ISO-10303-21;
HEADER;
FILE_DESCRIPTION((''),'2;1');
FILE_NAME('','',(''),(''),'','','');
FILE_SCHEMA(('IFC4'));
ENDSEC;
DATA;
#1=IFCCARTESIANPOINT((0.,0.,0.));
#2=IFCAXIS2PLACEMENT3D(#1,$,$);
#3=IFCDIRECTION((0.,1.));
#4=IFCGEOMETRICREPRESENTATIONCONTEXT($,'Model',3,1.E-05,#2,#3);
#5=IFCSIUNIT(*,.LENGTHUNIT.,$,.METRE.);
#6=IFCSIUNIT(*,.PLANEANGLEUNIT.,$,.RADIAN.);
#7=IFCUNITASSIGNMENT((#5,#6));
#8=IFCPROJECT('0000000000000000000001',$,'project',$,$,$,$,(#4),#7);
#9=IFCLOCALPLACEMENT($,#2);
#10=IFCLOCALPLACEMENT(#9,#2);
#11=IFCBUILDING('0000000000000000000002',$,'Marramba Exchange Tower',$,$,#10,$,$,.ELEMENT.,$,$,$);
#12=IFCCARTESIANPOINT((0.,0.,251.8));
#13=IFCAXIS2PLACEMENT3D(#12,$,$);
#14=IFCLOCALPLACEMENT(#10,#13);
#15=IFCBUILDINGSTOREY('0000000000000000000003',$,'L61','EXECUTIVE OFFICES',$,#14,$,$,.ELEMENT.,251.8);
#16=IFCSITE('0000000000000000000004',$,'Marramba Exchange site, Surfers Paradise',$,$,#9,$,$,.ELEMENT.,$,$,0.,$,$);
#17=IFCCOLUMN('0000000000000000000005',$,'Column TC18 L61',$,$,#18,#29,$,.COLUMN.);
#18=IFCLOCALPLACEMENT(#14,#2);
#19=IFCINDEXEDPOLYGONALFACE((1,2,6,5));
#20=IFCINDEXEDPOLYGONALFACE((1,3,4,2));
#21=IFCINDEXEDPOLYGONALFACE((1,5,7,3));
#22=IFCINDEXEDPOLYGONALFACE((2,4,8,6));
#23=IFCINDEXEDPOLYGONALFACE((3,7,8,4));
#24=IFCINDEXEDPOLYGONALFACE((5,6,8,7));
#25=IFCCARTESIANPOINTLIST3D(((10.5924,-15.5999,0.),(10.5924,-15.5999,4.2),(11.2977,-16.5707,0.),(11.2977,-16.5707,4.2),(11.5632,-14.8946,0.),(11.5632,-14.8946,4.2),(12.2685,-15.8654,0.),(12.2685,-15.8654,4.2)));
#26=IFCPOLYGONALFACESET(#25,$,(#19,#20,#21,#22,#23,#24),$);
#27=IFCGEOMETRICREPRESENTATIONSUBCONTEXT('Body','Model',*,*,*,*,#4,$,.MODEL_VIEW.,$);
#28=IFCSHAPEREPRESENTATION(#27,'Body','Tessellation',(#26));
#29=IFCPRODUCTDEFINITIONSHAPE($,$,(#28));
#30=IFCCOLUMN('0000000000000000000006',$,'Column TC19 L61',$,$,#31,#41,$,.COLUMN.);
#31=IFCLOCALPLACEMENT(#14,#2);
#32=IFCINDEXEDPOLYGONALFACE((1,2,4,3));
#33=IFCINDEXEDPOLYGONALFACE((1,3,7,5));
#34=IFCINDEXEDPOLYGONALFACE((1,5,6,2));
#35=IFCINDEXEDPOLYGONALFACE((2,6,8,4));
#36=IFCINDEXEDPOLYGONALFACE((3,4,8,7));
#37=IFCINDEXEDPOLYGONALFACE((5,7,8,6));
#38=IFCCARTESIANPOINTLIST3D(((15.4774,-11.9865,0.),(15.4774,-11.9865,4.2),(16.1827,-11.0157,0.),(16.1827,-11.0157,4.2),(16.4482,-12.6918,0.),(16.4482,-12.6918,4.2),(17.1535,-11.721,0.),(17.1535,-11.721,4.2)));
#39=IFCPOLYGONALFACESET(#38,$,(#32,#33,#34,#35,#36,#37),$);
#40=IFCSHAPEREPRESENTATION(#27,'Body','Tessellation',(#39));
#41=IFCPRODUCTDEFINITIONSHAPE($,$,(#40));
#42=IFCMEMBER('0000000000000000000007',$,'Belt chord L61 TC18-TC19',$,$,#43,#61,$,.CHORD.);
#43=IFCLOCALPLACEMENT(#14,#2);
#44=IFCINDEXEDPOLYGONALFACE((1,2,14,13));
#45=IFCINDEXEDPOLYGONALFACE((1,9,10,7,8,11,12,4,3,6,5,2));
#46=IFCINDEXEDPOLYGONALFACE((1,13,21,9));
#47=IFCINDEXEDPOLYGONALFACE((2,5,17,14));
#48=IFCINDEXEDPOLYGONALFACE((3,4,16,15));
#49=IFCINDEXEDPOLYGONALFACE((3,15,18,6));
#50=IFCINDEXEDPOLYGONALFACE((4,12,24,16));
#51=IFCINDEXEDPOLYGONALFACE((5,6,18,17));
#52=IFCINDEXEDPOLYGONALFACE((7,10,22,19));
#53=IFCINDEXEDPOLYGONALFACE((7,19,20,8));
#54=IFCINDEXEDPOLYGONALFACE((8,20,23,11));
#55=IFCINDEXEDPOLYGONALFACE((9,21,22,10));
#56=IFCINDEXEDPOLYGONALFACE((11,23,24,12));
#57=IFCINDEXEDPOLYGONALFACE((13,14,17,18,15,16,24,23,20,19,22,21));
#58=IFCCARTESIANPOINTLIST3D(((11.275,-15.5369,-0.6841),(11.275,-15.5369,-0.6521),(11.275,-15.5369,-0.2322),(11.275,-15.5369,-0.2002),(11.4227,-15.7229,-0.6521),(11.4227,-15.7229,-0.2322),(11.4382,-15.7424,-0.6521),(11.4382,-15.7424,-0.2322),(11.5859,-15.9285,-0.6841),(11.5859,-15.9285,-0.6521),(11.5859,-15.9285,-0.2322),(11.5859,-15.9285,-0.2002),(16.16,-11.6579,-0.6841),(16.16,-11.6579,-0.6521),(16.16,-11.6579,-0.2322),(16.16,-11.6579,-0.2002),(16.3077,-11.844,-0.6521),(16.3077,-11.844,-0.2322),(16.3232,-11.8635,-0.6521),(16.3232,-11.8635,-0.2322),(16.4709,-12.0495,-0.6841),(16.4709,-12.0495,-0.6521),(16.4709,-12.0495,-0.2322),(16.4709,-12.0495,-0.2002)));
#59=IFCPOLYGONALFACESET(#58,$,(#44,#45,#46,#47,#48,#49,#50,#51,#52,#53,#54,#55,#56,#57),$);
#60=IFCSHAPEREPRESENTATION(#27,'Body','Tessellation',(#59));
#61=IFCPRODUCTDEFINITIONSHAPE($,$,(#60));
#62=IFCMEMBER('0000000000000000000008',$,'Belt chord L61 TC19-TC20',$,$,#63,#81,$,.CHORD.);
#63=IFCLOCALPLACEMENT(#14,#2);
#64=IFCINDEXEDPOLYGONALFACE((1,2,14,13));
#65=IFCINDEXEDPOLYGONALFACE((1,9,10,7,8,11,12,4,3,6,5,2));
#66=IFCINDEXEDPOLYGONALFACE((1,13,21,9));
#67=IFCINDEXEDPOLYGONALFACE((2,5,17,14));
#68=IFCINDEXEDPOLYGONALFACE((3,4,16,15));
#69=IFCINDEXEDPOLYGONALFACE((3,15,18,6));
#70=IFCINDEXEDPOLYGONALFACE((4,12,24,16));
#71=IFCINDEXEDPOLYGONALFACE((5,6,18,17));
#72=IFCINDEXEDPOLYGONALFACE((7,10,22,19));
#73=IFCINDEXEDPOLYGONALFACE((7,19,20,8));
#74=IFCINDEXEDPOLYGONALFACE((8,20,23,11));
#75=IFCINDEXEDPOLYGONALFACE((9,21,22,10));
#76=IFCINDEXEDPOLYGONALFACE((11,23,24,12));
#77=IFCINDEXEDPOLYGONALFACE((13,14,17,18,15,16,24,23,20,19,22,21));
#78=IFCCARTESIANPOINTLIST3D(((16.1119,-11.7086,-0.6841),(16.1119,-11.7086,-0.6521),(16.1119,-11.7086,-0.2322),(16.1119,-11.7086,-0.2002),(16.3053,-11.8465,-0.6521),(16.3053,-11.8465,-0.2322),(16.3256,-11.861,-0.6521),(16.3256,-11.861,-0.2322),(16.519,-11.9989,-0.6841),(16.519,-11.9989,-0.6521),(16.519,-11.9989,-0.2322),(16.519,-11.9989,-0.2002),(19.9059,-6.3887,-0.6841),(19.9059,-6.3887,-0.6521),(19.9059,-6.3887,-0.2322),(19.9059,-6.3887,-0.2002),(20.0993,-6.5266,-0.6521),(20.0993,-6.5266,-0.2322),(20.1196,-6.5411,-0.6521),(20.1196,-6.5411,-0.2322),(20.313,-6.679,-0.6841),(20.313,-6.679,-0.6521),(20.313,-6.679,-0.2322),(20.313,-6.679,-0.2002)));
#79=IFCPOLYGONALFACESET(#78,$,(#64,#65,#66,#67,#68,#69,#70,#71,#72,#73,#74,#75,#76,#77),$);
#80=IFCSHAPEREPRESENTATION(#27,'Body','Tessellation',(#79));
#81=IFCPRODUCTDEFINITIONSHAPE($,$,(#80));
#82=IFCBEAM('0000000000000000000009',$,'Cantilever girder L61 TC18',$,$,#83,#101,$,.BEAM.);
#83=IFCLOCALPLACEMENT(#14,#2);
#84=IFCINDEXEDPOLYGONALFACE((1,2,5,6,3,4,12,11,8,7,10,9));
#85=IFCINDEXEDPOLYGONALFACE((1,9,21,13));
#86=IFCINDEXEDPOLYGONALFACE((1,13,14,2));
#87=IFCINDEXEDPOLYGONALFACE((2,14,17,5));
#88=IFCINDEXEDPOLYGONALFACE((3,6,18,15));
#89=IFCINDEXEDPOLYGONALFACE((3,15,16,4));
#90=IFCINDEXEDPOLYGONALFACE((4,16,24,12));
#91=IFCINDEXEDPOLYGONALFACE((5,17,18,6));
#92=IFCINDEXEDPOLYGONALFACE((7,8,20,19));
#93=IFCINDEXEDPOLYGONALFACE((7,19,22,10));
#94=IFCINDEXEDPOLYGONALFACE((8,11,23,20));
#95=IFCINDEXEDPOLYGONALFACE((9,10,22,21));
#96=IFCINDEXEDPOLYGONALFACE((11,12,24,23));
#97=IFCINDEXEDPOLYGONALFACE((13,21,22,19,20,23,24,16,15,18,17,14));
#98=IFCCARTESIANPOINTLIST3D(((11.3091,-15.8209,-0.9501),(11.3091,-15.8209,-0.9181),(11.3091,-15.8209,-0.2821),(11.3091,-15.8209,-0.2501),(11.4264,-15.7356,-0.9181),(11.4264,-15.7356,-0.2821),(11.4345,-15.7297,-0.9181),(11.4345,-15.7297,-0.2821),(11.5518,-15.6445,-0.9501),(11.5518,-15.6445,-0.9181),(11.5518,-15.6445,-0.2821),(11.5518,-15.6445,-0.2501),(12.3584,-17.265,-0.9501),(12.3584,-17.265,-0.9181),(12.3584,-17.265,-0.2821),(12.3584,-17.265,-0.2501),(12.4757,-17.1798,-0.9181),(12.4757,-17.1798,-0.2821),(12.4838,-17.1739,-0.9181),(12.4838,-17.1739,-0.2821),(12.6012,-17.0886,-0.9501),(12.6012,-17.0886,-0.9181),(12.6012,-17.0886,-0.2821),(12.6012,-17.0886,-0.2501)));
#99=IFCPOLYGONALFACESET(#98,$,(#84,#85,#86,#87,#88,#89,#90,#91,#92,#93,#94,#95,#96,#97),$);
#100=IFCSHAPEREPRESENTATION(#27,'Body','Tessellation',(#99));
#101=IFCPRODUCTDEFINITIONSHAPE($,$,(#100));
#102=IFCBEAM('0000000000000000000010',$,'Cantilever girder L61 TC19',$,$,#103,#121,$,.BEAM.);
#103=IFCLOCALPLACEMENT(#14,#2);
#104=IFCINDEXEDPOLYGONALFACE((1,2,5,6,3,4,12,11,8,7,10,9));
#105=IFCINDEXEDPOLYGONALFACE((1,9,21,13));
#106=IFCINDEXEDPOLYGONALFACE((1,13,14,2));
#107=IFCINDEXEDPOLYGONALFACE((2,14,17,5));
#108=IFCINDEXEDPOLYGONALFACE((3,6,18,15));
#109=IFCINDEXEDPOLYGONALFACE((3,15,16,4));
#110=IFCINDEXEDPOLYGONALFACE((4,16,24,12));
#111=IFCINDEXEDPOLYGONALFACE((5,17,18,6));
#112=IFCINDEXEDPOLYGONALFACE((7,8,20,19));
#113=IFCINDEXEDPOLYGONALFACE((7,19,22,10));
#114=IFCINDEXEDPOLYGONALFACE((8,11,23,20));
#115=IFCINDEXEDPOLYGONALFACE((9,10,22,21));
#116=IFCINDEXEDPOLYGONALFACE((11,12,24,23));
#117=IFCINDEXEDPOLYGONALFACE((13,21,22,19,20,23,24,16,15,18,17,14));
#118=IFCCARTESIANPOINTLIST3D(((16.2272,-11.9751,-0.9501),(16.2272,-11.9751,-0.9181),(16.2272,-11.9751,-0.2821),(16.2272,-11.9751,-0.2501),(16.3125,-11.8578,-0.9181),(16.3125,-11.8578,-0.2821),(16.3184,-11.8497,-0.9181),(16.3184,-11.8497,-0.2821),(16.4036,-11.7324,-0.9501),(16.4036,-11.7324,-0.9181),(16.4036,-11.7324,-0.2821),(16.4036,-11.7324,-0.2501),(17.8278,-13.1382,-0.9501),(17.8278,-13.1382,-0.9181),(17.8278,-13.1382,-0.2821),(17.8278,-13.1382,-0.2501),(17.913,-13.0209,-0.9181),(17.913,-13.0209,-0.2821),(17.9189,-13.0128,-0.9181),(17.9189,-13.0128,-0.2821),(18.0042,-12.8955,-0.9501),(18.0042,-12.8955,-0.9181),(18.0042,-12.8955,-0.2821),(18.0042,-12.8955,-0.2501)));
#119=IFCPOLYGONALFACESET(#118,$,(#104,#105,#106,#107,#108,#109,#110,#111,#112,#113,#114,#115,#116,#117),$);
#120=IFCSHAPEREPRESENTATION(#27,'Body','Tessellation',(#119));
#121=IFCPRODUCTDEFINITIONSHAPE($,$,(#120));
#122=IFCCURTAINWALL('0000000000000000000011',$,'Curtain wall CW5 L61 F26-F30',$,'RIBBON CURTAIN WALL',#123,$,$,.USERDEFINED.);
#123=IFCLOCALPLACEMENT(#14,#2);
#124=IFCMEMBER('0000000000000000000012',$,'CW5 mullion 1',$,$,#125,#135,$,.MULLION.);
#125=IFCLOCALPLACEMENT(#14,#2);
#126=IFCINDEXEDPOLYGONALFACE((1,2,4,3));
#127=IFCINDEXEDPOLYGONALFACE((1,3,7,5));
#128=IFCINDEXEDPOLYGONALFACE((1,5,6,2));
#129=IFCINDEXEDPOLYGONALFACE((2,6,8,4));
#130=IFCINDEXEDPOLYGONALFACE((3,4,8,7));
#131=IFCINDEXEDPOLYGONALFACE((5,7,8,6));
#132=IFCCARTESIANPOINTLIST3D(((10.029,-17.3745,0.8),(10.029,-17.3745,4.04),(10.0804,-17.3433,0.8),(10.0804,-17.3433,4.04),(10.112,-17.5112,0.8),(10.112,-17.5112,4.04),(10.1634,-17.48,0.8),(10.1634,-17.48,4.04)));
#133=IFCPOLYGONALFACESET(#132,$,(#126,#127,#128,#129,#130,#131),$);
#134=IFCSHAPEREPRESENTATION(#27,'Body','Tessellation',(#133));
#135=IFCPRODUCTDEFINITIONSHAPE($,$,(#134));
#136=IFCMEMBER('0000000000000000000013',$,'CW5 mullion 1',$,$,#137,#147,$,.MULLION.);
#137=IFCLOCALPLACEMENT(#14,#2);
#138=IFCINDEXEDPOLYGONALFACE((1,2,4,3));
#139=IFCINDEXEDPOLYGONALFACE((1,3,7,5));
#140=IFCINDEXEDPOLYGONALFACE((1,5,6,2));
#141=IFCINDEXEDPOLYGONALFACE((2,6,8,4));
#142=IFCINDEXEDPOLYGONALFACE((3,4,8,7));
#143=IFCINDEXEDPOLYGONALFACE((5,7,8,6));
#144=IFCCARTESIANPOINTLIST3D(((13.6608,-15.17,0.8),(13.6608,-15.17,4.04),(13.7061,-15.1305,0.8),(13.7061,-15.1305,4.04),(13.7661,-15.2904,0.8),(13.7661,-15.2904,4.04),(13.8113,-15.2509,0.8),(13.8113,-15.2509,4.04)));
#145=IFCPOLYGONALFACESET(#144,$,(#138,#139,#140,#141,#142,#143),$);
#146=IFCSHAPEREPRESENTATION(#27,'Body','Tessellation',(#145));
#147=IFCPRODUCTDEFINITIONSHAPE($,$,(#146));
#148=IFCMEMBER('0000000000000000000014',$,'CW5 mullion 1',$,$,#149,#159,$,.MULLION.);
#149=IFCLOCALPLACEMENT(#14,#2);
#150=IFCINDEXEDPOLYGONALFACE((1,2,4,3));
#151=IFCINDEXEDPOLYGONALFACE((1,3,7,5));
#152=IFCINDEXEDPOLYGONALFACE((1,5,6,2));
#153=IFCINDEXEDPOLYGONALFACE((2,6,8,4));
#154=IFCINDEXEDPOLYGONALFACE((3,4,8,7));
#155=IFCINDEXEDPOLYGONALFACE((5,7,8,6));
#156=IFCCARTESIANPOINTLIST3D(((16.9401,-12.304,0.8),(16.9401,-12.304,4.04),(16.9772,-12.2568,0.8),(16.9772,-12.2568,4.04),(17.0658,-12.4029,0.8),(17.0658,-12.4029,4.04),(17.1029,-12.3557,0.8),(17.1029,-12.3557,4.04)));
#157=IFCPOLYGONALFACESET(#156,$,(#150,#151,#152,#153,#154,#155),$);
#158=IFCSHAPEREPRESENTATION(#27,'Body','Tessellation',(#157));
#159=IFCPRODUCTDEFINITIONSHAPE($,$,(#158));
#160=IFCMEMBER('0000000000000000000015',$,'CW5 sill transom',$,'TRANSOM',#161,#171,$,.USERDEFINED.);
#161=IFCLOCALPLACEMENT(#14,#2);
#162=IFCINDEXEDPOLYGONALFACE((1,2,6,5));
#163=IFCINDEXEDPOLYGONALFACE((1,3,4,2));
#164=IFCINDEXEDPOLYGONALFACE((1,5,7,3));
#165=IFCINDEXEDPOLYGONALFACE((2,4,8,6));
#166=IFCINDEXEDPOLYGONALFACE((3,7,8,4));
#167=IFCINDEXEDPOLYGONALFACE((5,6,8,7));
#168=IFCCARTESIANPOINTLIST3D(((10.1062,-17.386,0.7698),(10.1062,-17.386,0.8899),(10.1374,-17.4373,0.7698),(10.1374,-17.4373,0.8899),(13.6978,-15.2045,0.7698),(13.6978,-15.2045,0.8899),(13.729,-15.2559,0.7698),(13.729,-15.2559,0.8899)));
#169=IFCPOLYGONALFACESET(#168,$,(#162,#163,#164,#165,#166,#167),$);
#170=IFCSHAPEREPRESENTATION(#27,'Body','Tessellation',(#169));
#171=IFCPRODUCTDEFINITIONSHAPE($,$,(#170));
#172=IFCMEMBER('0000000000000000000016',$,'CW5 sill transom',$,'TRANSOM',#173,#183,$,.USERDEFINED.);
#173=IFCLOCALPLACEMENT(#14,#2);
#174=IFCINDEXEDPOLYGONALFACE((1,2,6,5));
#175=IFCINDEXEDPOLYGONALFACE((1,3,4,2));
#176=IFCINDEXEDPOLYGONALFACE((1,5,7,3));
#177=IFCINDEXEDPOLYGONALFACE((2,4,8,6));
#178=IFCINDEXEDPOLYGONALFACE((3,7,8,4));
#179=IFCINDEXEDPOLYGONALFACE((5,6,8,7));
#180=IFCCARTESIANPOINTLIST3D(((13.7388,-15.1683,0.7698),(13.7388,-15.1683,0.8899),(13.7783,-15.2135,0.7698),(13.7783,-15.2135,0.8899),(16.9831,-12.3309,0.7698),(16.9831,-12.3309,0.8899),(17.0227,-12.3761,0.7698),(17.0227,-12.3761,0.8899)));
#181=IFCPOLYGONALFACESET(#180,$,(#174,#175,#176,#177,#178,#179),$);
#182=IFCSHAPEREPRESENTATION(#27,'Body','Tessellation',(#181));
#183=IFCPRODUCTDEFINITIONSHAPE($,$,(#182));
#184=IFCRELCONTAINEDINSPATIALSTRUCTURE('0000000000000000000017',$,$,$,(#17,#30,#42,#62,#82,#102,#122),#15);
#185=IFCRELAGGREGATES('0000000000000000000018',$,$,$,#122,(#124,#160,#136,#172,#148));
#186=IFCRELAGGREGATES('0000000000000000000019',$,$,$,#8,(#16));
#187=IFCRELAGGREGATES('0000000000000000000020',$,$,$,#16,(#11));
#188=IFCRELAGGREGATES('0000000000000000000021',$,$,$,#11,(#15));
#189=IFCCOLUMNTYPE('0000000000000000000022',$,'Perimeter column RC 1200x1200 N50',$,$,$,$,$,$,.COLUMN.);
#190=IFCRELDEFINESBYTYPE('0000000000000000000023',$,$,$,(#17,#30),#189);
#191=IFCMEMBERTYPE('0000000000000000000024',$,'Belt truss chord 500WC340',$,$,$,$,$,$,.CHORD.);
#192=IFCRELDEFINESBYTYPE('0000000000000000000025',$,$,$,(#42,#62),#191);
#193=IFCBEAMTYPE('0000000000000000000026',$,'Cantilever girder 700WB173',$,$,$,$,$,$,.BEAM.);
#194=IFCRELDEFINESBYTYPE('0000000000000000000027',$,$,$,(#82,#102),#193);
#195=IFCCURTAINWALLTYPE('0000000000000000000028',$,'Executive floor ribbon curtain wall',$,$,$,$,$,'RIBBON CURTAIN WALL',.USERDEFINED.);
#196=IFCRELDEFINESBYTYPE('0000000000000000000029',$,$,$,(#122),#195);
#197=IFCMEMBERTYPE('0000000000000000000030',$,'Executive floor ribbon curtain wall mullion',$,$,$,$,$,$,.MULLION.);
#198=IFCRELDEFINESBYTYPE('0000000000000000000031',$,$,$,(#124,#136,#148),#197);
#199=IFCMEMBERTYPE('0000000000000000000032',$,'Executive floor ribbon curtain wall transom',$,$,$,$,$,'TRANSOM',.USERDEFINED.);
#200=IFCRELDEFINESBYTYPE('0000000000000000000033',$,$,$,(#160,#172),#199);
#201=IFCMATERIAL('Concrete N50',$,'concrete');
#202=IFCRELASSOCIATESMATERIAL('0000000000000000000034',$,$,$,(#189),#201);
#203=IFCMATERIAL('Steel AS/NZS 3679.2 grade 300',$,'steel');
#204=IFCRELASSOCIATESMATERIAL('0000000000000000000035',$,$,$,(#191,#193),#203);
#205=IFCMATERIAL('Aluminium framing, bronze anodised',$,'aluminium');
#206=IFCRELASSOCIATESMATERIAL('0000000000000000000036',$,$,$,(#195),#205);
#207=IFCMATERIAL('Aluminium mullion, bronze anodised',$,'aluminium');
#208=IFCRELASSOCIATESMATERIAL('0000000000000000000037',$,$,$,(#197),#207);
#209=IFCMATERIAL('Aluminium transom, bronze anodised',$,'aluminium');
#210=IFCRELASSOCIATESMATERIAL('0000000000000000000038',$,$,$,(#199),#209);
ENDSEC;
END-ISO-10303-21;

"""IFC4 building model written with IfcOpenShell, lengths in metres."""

from ifc_helpers import new_model, si_unit, direction, frame, origin, origin_2d, place, context, subcontext, project, spatial, rectangle, i_section, extrude, material, material_profile, profile_set, type_object, element, aggregate, save


model = new_model("IFC4")

# Units and contexts
model_context = context("Model", 3, precision=1e-05, world=origin(), true_north=direction((0.0, 1.0)))
body_context = subcontext(model_context, "Body", "Model", "MODEL_VIEW")
ifc_project = project(units=[si_unit("LENGTHUNIT", "METRE"), si_unit("PLANEANGLEUNIT", "RADIAN")], contexts=[model_context])

# Site, building, storey
site_placement = place(None, origin())
site = spatial("IfcSite", under=ifc_project, at=site_placement, Name="Marramba Exchange site, Surfers Paradise", CompositionType="ELEMENT", RefElevation=0.0)
building_placement = place(site_placement, origin())
building = spatial("IfcBuilding", under=site, at=building_placement, Name="Marramba Exchange Tower", CompositionType="ELEMENT")
storey_placement = place(building_placement, frame((0.0, 0.0, 251.8)))
storey = spatial("IfcBuildingStorey", under=building, at=storey_placement, Name="L61", Description="EXECUTIVE OFFICES", CompositionType="ELEMENT", Elevation=251.8)

# Columns
ifc_material_1 = material(Name="Concrete N50", Category="concrete")
ifc_material_profile_1 = material_profile(ifc_material_1, rectangle(XDim=1.2, YDim=1.2, at=origin_2d()), Name="RC 1200x1200")
ifc_profile_set_1 = profile_set([ifc_material_profile_1], Name="Concrete N50")
column_type = type_object("IfcColumnType", Name="Perimeter column RC 1200x1200 N50", PredefinedType="COLUMN", material=ifc_profile_set_1)
for number, where, z_axis, x_axis, name in (
    (1, (11.4304, -15.7327, 0.0), (0.0, 0.0, 1.0), (0.587785, -0.809017, 0.0), "Column TC18 L61"),
    (2, (16.3154, -11.8538, 0.0), (0.0, 0.0, 1.0), (0.809017, -0.587785, 0.0), "Column TC19 L61"),
):
    element("IfcColumn", number, at=place(storey_placement, frame(where, z_axis=z_axis, x_axis=x_axis)), inside=storey, type_object=column_type, Name=name, PredefinedType="COLUMN", context=body_context, shape_type="SweptSolid", body=[
        extrude(rectangle(XDim=1.2, YDim=1.2, at=origin_2d()), origin(), (0.0, 0.0, 1.0), 4.2),
    ])

# Members
ifc_material_2 = material(Name="Steel AS/NZS 3679.2 grade 300", Category="steel")
ifc_material_profile_2 = material_profile(ifc_material_2, i_section(OverallWidth=0.5, OverallDepth=0.4839, WebThickness=0.0249, FlangeThickness=0.032, at=origin_2d()), Name="500WC340")
ifc_profile_set_2 = profile_set([ifc_material_profile_2], Name="Steel AS/NZS 3679.2 grade 300")
member_type_1 = type_object("IfcMemberType", Name="Belt truss chord 500WC340", PredefinedType="CHORD", material=ifc_profile_set_2)
member_1_placement = place(storey_placement, frame((11.4304, -15.7327, -0.4421), z_axis=(0.783139, 0.621846, 0.0), x_axis=(-0.621846, 0.783139, 0.0)))
element("IfcMember", 3, at=member_1_placement, inside=storey, type_object=member_type_1, Name="Belt chord L61 TC18-TC19", PredefinedType="CHORD", context=body_context, shape_type="SweptSolid", body=[
    extrude(i_section(OverallWidth=0.5, OverallDepth=0.4839, WebThickness=0.0249, FlangeThickness=0.032, at=origin_2d()), origin(), (0.0, 0.0, 1.0), 6.2378),
])
member_2_placement = place(storey_placement, frame((16.3154, -11.8538, -0.4421), z_axis=(0.580637, 0.814162, 0.0), x_axis=(-0.814162, 0.580637, 0.0)))
element("IfcMember", 4, at=member_2_placement, inside=storey, type_object=member_type_1, Name="Belt chord L61 TC19-TC20", PredefinedType="CHORD", context=body_context, shape_type="SweptSolid", body=[
    extrude(i_section(OverallWidth=0.5, OverallDepth=0.4839, WebThickness=0.0249, FlangeThickness=0.032, at=origin_2d()), origin(), (0.0, 0.0, 1.0), 6.5342),
])

# Beams
ifc_material_profile_3 = material_profile(ifc_material_2, i_section(OverallWidth=0.3, OverallDepth=0.7, WebThickness=0.01, FlangeThickness=0.032, at=origin_2d()), Name="700WB173")
ifc_profile_set_3 = profile_set([ifc_material_profile_3], Name="Steel AS/NZS 3679.2 grade 300")
beam_type_1 = type_object("IfcBeamType", Name="Cantilever girder 700WB173", PredefinedType="BEAM", material=ifc_profile_set_3)
beam_1_placement = place(storey_placement, frame((11.4304, -15.7327, -0.6001), z_axis=(0.58783, -0.808984, 0.0), x_axis=(0.808984, 0.58783, 0.0)))
element("IfcBeam", 5, at=beam_1_placement, inside=storey, type_object=beam_type_1, Name="Cantilever girder L61 TC18", PredefinedType="BEAM", context=body_context, shape_type="SweptSolid", body=[
    extrude(i_section(OverallWidth=0.3, OverallDepth=0.7, WebThickness=0.01, FlangeThickness=0.032, at=origin_2d()), origin(), (0.0, 0.0, 1.0), 1.7852),
])
beam_2_placement = place(storey_placement, frame((16.3154, -11.8538, -0.6001), z_axis=(0.808971, -0.587849, 0.0), x_axis=(0.587849, 0.808971, 0.0)))
element("IfcBeam", 6, at=beam_2_placement, inside=storey, type_object=beam_type_1, Name="Cantilever girder L61 TC19", PredefinedType="BEAM", context=body_context, shape_type="SweptSolid", body=[
    extrude(i_section(OverallWidth=0.3, OverallDepth=0.7, WebThickness=0.01, FlangeThickness=0.032, at=origin_2d()), origin(), (0.0, 0.0, 1.0), 1.9785),
])

# Curtain wall, members
ifc_material_3 = material(Name="Aluminium framing, bronze anodised", Category="aluminium")
curtain_wall_type = type_object("IfcCurtainWallType", Name="Executive floor ribbon curtain wall", ElementType="RIBBON CURTAIN WALL", PredefinedType="USERDEFINED", material=ifc_material_3)
curtain_wall_placement = place(storey_placement, origin())
curtain_wall = element("IfcCurtainWall", 7, at=curtain_wall_placement, inside=storey, type_object=curtain_wall_type, Name="Curtain wall CW5 L61 F26-F30", ObjectType="RIBBON CURTAIN WALL", PredefinedType="USERDEFINED")
ifc_material_4 = material(Name="Aluminium mullion, bronze anodised", Category="aluminium")
ifc_material_profile_4 = material_profile(ifc_material_4, rectangle(XDim=0.1599, YDim=0.0601, at=origin_2d()), Name="CW5 mullion 60x160")
ifc_profile_set_4 = profile_set([ifc_material_profile_4], Name="Aluminium mullion, bronze anodised")
member_type_2 = type_object("IfcMemberType", Name="Executive floor ribbon curtain wall mullion", PredefinedType="MULLION", material=ifc_profile_set_4)
member_3_placement = place(storey_placement, frame((10.0962, -17.4272, 0.8), z_axis=(0.0, 0.0, 1.0), x_axis=(-0.519115, 0.854704, 0.0)))
member_3 = element("IfcMember", 8, at=member_3_placement, type_object=member_type_2, Name="CW5 mullion 1", PredefinedType="MULLION", context=body_context, shape_type="SweptSolid", body=[
    extrude(rectangle(XDim=0.1599, YDim=0.0601, at=origin_2d()), origin(), (0.0, 0.0, 1.0), 3.24),
])
member_4_placement = place(storey_placement, frame((13.7361, -15.2104, 0.8), z_axis=(0.0, 0.0, 1.0), x_axis=(-0.658305, 0.752751, 0.0)))
member_4 = element("IfcMember", 9, at=member_4_placement, type_object=member_type_2, Name="CW5 mullion 1", PredefinedType="MULLION", context=body_context, shape_type="SweptSolid", body=[
    extrude(rectangle(XDim=0.1599, YDim=0.0601, at=origin_2d()), origin(), (0.0, 0.0, 1.0), 3.24),
])
member_5_placement = place(storey_placement, frame((17.0215, -12.3298, 0.8), z_axis=(0.0, 0.0, 1.0), x_axis=(-0.78595, 0.618291, 0.0)))
member_5 = element("IfcMember", 10, at=member_5_placement, type_object=member_type_2, Name="CW5 mullion 1", PredefinedType="MULLION", context=body_context, shape_type="SweptSolid", body=[
    extrude(rectangle(XDim=0.1599, YDim=0.0601, at=origin_2d()), origin(), (0.0, 0.0, 1.0), 3.24),
])
ifc_material_5 = material(Name="Aluminium transom, bronze anodised", Category="aluminium")
ifc_material_profile_5 = material_profile(ifc_material_5, rectangle(XDim=0.0601, YDim=0.1201, at=origin_2d()), Name="CW5 transom 60x120")
ifc_profile_set_5 = profile_set([ifc_material_profile_5], Name="Aluminium transom, bronze anodised")
member_type_3 = type_object("IfcMemberType", Name="Executive floor ribbon curtain wall transom", ElementType="TRANSOM", PredefinedType="USERDEFINED", material=ifc_profile_set_5)
member_6_placement = place(storey_placement, frame((10.1218, -17.4116, 0.8298), z_axis=(0.854702, 0.519119, 0.0), x_axis=(-0.519119, 0.854702, 0.0)))
member_6 = element("IfcMember", 11, at=member_6_placement, type_object=member_type_3, Name="CW5 sill transom", ObjectType="TRANSOM", PredefinedType="USERDEFINED", context=body_context, shape_type="SweptSolid", body=[
    extrude(rectangle(XDim=0.0601, YDim=0.1201, at=origin_2d()), origin(), (0.0, 0.0, 1.0), 4.2021),
])
member_7_placement = place(storey_placement, frame((13.7585, -15.1909, 0.8298), z_axis=(0.752742, 0.658316, 0.0), x_axis=(-0.658316, 0.752742, 0.0)))
member_7 = element("IfcMember", 12, at=member_7_placement, type_object=member_type_3, Name="CW5 sill transom", ObjectType="TRANSOM", PredefinedType="USERDEFINED", context=body_context, shape_type="SweptSolid", body=[
    extrude(rectangle(XDim=0.0601, YDim=0.1201, at=origin_2d()), origin(), (0.0, 0.0, 1.0), 4.3101),
])

aggregate(curtain_wall, [member_3, member_6, member_4, member_7, member_5])

save(model, "model.ifc")
